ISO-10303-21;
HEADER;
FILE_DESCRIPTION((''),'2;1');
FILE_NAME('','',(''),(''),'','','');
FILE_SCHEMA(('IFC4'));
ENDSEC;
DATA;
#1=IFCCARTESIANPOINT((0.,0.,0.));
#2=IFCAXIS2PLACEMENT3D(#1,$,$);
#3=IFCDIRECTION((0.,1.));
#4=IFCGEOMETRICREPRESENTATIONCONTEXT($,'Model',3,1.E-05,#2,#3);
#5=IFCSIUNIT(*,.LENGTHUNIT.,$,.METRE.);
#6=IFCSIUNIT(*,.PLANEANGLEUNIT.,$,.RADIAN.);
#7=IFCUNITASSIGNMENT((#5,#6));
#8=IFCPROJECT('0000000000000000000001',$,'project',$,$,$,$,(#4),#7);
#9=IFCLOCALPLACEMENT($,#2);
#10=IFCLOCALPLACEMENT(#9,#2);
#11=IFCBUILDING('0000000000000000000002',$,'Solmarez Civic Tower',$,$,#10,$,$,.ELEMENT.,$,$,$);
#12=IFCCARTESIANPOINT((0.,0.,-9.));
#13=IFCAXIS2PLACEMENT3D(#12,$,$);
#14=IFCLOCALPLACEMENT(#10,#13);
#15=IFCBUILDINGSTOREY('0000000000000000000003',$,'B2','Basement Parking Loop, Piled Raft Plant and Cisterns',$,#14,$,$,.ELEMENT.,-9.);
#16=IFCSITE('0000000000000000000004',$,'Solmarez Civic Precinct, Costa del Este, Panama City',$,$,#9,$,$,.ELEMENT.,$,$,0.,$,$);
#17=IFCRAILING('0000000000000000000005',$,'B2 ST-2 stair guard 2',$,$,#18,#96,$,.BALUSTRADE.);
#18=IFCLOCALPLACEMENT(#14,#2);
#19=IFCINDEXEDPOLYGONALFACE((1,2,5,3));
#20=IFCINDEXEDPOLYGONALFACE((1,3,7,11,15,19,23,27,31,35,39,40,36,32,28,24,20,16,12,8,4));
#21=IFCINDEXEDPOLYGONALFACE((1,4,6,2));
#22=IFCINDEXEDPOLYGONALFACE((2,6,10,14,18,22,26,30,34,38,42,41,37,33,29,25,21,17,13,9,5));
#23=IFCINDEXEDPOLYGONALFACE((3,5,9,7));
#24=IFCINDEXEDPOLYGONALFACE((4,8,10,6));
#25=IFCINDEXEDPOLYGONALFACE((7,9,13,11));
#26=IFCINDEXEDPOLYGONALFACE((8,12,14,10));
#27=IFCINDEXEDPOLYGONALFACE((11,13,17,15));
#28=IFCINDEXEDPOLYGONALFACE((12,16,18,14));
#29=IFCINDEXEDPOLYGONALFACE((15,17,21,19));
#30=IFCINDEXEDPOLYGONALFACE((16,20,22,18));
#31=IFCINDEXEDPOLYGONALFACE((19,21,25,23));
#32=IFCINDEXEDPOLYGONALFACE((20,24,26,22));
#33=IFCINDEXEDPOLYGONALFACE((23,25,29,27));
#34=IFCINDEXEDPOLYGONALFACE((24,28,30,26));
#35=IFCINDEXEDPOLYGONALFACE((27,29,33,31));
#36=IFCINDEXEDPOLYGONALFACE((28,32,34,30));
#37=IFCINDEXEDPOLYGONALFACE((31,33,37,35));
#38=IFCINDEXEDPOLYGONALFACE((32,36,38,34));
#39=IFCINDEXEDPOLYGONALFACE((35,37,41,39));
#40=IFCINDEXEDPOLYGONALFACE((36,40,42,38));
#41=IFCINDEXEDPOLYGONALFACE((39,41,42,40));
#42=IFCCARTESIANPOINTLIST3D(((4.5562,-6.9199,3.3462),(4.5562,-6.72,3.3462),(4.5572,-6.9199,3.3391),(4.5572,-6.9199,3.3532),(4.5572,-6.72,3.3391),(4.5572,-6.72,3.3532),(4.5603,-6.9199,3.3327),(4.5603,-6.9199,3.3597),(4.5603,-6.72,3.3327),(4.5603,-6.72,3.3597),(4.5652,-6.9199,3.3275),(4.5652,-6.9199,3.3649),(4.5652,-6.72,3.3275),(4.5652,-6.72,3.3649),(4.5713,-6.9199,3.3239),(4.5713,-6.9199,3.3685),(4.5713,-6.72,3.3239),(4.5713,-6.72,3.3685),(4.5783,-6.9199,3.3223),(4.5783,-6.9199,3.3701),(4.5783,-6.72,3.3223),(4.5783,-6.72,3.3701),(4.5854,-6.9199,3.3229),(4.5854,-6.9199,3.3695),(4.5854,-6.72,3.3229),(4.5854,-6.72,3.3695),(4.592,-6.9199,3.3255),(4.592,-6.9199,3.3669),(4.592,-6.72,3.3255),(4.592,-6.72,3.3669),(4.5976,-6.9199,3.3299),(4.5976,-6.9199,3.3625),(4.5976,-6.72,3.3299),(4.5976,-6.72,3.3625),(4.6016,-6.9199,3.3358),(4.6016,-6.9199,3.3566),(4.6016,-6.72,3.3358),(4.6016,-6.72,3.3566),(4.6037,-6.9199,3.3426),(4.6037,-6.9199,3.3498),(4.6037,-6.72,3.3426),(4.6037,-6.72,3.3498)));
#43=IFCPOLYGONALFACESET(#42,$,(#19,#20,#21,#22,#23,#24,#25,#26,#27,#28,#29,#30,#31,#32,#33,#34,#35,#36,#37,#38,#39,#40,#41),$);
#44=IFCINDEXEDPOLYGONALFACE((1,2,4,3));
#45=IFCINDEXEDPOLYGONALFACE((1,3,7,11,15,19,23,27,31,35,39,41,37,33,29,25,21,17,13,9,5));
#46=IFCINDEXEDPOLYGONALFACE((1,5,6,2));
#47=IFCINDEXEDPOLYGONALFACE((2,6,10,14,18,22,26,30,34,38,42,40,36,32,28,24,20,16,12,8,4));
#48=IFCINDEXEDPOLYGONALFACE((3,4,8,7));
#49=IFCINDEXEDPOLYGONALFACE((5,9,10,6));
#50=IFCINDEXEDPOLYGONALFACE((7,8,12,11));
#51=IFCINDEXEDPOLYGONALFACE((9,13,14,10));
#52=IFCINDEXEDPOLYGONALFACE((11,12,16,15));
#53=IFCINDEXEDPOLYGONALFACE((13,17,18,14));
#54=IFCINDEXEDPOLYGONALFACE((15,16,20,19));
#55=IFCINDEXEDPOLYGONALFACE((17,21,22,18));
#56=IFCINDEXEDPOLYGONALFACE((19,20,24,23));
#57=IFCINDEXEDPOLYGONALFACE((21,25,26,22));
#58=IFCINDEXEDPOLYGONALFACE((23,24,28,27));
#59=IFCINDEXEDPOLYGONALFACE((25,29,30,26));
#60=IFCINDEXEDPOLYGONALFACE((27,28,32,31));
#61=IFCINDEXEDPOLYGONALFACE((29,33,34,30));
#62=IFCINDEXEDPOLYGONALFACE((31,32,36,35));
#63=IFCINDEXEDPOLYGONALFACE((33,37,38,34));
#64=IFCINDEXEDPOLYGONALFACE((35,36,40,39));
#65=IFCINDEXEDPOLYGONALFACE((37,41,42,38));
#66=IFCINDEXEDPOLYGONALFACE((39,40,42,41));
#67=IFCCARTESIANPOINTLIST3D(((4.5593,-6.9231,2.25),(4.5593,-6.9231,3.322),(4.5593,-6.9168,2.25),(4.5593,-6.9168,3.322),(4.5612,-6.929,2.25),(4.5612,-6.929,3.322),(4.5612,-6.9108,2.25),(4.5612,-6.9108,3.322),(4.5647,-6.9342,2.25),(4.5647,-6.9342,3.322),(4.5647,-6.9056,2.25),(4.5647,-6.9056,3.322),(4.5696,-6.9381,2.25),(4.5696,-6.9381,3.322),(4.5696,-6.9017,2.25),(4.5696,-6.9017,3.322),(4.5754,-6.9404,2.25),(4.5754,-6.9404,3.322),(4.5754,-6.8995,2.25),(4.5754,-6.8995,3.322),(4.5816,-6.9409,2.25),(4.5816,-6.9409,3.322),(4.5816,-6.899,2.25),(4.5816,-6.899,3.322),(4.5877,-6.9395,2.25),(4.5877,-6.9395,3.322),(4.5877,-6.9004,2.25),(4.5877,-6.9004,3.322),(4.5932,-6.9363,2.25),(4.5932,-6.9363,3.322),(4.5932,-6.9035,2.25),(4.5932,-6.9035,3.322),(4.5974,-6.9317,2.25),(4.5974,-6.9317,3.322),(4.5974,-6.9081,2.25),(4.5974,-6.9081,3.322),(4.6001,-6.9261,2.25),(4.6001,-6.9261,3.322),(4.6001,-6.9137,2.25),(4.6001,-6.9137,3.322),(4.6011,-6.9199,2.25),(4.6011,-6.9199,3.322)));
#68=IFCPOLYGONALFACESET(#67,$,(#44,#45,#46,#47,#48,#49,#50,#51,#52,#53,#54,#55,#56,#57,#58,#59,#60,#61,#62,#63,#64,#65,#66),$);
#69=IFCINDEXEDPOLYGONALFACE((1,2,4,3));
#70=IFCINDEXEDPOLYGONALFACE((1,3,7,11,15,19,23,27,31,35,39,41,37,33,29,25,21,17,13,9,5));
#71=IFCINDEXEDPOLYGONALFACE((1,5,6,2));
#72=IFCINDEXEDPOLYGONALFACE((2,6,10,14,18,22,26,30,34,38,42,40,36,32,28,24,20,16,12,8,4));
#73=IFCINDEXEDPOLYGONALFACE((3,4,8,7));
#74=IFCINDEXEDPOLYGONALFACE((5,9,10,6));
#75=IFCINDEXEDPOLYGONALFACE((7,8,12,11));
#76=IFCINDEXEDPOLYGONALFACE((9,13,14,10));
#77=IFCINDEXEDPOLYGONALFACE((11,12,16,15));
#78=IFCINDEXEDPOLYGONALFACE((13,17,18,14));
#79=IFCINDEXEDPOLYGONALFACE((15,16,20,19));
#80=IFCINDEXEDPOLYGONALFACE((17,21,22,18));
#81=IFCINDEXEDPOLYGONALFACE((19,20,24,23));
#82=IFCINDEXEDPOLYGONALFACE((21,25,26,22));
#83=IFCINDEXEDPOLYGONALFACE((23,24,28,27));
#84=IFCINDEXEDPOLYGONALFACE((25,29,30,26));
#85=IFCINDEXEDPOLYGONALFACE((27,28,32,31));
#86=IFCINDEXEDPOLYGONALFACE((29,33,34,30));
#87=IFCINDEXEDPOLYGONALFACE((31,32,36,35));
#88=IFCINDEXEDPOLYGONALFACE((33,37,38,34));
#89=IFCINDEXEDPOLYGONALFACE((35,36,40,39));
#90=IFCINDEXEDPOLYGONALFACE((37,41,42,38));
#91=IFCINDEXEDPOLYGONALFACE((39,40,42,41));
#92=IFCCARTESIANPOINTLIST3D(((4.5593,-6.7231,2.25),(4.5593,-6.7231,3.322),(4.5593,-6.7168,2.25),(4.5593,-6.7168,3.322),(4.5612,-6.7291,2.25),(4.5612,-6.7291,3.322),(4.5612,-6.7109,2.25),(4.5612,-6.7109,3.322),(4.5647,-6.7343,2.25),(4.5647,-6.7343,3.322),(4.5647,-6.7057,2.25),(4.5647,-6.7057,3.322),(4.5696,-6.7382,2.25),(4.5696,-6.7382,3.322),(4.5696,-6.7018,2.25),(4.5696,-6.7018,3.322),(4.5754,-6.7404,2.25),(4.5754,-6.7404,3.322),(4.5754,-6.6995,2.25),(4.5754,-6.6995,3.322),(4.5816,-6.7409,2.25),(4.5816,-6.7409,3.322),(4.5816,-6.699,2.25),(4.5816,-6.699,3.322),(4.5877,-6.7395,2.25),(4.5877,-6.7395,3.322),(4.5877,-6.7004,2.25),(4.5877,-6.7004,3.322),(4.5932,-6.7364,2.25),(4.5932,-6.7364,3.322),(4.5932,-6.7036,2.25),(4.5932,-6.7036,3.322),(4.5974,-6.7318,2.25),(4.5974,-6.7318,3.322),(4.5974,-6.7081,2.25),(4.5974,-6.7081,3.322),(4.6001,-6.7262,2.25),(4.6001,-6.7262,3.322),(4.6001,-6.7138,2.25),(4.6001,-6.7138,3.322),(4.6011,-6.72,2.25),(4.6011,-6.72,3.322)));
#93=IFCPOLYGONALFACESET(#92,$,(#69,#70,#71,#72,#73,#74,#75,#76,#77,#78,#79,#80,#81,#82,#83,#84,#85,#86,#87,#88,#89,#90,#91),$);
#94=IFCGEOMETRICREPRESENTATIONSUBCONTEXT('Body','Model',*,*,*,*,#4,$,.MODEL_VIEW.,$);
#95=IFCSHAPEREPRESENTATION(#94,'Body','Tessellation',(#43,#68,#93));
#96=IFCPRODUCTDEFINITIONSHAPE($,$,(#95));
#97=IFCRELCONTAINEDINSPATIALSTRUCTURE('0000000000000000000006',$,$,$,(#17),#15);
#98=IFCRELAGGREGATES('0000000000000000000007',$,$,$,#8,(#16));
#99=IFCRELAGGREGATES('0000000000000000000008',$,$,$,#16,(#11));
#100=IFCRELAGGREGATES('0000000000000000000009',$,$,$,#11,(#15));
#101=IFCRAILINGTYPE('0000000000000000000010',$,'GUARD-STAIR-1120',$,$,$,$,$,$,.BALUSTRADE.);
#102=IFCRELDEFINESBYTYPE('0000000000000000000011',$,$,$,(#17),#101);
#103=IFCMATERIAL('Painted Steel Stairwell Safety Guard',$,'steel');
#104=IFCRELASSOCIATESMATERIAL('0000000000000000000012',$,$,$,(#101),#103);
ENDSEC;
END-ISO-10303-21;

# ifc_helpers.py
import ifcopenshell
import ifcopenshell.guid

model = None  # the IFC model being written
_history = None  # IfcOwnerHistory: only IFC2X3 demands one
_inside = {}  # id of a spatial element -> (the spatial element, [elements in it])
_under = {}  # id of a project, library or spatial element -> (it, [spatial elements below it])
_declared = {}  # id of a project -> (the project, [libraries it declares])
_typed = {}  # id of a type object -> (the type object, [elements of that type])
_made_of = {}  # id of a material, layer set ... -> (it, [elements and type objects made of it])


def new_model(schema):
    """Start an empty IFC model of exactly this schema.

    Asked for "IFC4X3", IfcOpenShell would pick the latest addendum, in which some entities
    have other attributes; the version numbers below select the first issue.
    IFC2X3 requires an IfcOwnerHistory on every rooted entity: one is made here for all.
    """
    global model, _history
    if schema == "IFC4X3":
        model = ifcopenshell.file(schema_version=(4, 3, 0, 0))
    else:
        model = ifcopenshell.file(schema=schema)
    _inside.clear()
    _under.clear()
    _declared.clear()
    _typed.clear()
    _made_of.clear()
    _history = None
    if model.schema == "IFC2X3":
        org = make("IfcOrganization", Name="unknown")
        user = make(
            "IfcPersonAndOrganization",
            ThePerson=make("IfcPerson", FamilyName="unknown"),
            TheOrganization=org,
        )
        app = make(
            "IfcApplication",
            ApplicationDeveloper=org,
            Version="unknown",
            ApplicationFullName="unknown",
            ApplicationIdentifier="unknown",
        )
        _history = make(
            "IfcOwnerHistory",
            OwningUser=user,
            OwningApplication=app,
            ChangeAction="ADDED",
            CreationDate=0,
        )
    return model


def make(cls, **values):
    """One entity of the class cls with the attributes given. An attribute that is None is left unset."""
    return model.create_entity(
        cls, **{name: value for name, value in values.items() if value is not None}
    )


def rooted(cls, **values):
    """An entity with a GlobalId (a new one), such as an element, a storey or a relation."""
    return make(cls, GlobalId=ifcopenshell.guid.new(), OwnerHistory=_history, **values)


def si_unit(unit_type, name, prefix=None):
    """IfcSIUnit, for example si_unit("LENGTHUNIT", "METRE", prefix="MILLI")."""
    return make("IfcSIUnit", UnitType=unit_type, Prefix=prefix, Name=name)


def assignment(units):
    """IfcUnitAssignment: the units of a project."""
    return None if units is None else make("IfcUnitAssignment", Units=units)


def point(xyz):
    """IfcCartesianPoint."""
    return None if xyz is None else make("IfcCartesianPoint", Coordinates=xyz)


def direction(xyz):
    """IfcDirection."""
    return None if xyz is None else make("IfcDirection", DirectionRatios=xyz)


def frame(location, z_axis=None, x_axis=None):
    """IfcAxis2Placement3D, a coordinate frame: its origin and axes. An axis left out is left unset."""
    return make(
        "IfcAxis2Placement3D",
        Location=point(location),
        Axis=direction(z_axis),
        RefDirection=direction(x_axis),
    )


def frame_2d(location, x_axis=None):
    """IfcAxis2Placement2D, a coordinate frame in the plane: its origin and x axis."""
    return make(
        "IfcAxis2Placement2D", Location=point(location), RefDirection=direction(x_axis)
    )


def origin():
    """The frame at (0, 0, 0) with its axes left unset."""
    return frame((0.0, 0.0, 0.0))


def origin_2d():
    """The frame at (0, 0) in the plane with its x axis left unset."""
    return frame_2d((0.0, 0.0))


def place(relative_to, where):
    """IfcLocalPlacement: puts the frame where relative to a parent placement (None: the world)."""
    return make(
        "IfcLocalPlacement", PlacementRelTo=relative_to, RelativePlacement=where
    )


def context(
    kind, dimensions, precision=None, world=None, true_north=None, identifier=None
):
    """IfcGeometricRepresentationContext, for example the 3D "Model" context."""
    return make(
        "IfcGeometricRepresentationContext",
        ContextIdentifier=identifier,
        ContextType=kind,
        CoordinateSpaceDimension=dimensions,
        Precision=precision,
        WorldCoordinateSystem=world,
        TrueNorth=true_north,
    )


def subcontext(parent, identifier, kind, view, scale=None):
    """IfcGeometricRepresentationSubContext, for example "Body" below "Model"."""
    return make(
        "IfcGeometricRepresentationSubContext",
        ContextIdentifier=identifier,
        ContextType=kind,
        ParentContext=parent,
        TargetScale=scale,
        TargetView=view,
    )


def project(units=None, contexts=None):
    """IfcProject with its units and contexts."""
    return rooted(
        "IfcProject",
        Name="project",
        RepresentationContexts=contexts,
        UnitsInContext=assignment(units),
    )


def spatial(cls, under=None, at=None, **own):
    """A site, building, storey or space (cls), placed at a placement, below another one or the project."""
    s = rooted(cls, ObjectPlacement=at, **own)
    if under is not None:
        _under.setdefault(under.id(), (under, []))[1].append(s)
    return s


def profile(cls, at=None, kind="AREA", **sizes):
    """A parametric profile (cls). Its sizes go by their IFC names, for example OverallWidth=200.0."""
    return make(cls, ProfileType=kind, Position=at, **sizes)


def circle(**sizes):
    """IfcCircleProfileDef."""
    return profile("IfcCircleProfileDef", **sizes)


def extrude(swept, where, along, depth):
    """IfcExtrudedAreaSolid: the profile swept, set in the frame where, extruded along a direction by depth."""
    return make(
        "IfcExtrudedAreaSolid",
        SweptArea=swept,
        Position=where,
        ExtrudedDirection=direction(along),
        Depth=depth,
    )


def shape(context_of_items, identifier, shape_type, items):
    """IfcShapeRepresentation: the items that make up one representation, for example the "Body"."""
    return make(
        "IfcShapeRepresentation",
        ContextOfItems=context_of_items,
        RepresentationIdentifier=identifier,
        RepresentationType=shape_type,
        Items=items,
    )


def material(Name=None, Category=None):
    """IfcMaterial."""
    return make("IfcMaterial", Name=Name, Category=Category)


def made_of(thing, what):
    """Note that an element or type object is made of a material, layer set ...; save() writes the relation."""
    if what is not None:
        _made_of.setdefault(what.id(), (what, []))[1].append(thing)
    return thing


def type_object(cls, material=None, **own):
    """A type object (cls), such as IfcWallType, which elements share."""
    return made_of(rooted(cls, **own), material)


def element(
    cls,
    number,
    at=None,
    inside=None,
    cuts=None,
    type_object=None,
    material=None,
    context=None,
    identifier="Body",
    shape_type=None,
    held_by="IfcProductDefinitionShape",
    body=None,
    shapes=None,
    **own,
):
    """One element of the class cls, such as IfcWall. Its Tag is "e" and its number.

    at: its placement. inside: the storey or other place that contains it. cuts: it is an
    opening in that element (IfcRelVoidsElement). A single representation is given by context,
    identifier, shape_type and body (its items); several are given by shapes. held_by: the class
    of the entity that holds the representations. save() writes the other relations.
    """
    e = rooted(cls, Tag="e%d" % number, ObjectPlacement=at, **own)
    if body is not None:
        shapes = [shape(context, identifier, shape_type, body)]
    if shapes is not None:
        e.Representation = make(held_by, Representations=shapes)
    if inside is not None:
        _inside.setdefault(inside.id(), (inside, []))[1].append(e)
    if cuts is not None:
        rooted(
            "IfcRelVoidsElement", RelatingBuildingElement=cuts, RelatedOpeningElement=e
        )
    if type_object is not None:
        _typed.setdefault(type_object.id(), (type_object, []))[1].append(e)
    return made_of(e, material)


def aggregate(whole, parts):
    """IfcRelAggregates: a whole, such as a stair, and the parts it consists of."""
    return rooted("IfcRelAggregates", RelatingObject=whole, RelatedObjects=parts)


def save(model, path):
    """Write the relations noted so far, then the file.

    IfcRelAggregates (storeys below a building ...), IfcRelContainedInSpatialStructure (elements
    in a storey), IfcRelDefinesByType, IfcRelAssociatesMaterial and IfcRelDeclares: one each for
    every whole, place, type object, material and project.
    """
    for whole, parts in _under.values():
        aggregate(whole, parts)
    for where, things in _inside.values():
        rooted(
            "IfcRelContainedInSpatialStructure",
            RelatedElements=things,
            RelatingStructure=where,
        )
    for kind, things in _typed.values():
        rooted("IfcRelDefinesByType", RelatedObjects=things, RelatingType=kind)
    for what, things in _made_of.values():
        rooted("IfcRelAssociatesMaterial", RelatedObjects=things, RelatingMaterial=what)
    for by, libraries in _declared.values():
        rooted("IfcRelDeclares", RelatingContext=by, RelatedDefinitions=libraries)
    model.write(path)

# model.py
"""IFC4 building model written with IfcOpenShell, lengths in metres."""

from ifc_helpers import new_model, si_unit, direction, frame, origin, origin_2d, place, context, subcontext, project, spatial, circle, extrude, material, type_object, element, save


model = new_model("IFC4")

# Units and contexts
model_context = context("Model", 3, precision=1e-05, world=origin(), true_north=direction((0.0, 1.0)))
body_context = subcontext(model_context, "Body", "Model", "MODEL_VIEW")
ifc_project = project(units=[si_unit("LENGTHUNIT", "METRE"), si_unit("PLANEANGLEUNIT", "RADIAN")], contexts=[model_context])

# Site, building, storey
site_placement = place(None, origin())
site = spatial("IfcSite", under=ifc_project, at=site_placement, Name="Solmarez Civic Precinct, Costa del Este, Panama City", CompositionType="ELEMENT", RefElevation=0.0)
building_placement = place(site_placement, origin())
building = spatial("IfcBuilding", under=site, at=building_placement, Name="Solmarez Civic Tower", CompositionType="ELEMENT")
storey_placement = place(building_placement, frame((0.0, 0.0, -9.0)))
storey = spatial("IfcBuildingStorey", under=building, at=storey_placement, Name="B2", Description="Basement Parking Loop, Piled Raft Plant and Cisterns", CompositionType="ELEMENT", Elevation=-9.0)

# Railing
ifc_material_1 = material(Name="Painted Steel Stairwell Safety Guard", Category="steel")
railing_type_1 = type_object("IfcRailingType", Name="GUARD-STAIR-1120", PredefinedType="BALUSTRADE", material=ifc_material_1)
railing_1_placement = place(storey_placement, frame((4.5801, -6.9199, 2.25)))
element("IfcRailing", 1, at=railing_1_placement, inside=storey, type_object=railing_type_1, Name="B2 ST-2 stair guard 2", PredefinedType="BALUSTRADE", context=body_context, shape_type="SweptSolid", body=[
    extrude(circle(Radius=0.0239, at=origin_2d()), frame((0.0, 0.0, 1.0962), z_axis=(0.0, 1.0, 0.0), x_axis=(-1.0, 0.0, 0.0)), (0.0, 0.0, 1.0), 0.2),
    extrude(circle(Radius=0.021, at=origin_2d()), origin(), (0.0, 0.0, 1.0), 1.072),
    extrude(circle(Radius=0.021, at=origin_2d()), frame((0.0, 0.2, 0.0)), (0.0, 0.0, 1.0), 1.072),
])

save(model, "model.ifc")
